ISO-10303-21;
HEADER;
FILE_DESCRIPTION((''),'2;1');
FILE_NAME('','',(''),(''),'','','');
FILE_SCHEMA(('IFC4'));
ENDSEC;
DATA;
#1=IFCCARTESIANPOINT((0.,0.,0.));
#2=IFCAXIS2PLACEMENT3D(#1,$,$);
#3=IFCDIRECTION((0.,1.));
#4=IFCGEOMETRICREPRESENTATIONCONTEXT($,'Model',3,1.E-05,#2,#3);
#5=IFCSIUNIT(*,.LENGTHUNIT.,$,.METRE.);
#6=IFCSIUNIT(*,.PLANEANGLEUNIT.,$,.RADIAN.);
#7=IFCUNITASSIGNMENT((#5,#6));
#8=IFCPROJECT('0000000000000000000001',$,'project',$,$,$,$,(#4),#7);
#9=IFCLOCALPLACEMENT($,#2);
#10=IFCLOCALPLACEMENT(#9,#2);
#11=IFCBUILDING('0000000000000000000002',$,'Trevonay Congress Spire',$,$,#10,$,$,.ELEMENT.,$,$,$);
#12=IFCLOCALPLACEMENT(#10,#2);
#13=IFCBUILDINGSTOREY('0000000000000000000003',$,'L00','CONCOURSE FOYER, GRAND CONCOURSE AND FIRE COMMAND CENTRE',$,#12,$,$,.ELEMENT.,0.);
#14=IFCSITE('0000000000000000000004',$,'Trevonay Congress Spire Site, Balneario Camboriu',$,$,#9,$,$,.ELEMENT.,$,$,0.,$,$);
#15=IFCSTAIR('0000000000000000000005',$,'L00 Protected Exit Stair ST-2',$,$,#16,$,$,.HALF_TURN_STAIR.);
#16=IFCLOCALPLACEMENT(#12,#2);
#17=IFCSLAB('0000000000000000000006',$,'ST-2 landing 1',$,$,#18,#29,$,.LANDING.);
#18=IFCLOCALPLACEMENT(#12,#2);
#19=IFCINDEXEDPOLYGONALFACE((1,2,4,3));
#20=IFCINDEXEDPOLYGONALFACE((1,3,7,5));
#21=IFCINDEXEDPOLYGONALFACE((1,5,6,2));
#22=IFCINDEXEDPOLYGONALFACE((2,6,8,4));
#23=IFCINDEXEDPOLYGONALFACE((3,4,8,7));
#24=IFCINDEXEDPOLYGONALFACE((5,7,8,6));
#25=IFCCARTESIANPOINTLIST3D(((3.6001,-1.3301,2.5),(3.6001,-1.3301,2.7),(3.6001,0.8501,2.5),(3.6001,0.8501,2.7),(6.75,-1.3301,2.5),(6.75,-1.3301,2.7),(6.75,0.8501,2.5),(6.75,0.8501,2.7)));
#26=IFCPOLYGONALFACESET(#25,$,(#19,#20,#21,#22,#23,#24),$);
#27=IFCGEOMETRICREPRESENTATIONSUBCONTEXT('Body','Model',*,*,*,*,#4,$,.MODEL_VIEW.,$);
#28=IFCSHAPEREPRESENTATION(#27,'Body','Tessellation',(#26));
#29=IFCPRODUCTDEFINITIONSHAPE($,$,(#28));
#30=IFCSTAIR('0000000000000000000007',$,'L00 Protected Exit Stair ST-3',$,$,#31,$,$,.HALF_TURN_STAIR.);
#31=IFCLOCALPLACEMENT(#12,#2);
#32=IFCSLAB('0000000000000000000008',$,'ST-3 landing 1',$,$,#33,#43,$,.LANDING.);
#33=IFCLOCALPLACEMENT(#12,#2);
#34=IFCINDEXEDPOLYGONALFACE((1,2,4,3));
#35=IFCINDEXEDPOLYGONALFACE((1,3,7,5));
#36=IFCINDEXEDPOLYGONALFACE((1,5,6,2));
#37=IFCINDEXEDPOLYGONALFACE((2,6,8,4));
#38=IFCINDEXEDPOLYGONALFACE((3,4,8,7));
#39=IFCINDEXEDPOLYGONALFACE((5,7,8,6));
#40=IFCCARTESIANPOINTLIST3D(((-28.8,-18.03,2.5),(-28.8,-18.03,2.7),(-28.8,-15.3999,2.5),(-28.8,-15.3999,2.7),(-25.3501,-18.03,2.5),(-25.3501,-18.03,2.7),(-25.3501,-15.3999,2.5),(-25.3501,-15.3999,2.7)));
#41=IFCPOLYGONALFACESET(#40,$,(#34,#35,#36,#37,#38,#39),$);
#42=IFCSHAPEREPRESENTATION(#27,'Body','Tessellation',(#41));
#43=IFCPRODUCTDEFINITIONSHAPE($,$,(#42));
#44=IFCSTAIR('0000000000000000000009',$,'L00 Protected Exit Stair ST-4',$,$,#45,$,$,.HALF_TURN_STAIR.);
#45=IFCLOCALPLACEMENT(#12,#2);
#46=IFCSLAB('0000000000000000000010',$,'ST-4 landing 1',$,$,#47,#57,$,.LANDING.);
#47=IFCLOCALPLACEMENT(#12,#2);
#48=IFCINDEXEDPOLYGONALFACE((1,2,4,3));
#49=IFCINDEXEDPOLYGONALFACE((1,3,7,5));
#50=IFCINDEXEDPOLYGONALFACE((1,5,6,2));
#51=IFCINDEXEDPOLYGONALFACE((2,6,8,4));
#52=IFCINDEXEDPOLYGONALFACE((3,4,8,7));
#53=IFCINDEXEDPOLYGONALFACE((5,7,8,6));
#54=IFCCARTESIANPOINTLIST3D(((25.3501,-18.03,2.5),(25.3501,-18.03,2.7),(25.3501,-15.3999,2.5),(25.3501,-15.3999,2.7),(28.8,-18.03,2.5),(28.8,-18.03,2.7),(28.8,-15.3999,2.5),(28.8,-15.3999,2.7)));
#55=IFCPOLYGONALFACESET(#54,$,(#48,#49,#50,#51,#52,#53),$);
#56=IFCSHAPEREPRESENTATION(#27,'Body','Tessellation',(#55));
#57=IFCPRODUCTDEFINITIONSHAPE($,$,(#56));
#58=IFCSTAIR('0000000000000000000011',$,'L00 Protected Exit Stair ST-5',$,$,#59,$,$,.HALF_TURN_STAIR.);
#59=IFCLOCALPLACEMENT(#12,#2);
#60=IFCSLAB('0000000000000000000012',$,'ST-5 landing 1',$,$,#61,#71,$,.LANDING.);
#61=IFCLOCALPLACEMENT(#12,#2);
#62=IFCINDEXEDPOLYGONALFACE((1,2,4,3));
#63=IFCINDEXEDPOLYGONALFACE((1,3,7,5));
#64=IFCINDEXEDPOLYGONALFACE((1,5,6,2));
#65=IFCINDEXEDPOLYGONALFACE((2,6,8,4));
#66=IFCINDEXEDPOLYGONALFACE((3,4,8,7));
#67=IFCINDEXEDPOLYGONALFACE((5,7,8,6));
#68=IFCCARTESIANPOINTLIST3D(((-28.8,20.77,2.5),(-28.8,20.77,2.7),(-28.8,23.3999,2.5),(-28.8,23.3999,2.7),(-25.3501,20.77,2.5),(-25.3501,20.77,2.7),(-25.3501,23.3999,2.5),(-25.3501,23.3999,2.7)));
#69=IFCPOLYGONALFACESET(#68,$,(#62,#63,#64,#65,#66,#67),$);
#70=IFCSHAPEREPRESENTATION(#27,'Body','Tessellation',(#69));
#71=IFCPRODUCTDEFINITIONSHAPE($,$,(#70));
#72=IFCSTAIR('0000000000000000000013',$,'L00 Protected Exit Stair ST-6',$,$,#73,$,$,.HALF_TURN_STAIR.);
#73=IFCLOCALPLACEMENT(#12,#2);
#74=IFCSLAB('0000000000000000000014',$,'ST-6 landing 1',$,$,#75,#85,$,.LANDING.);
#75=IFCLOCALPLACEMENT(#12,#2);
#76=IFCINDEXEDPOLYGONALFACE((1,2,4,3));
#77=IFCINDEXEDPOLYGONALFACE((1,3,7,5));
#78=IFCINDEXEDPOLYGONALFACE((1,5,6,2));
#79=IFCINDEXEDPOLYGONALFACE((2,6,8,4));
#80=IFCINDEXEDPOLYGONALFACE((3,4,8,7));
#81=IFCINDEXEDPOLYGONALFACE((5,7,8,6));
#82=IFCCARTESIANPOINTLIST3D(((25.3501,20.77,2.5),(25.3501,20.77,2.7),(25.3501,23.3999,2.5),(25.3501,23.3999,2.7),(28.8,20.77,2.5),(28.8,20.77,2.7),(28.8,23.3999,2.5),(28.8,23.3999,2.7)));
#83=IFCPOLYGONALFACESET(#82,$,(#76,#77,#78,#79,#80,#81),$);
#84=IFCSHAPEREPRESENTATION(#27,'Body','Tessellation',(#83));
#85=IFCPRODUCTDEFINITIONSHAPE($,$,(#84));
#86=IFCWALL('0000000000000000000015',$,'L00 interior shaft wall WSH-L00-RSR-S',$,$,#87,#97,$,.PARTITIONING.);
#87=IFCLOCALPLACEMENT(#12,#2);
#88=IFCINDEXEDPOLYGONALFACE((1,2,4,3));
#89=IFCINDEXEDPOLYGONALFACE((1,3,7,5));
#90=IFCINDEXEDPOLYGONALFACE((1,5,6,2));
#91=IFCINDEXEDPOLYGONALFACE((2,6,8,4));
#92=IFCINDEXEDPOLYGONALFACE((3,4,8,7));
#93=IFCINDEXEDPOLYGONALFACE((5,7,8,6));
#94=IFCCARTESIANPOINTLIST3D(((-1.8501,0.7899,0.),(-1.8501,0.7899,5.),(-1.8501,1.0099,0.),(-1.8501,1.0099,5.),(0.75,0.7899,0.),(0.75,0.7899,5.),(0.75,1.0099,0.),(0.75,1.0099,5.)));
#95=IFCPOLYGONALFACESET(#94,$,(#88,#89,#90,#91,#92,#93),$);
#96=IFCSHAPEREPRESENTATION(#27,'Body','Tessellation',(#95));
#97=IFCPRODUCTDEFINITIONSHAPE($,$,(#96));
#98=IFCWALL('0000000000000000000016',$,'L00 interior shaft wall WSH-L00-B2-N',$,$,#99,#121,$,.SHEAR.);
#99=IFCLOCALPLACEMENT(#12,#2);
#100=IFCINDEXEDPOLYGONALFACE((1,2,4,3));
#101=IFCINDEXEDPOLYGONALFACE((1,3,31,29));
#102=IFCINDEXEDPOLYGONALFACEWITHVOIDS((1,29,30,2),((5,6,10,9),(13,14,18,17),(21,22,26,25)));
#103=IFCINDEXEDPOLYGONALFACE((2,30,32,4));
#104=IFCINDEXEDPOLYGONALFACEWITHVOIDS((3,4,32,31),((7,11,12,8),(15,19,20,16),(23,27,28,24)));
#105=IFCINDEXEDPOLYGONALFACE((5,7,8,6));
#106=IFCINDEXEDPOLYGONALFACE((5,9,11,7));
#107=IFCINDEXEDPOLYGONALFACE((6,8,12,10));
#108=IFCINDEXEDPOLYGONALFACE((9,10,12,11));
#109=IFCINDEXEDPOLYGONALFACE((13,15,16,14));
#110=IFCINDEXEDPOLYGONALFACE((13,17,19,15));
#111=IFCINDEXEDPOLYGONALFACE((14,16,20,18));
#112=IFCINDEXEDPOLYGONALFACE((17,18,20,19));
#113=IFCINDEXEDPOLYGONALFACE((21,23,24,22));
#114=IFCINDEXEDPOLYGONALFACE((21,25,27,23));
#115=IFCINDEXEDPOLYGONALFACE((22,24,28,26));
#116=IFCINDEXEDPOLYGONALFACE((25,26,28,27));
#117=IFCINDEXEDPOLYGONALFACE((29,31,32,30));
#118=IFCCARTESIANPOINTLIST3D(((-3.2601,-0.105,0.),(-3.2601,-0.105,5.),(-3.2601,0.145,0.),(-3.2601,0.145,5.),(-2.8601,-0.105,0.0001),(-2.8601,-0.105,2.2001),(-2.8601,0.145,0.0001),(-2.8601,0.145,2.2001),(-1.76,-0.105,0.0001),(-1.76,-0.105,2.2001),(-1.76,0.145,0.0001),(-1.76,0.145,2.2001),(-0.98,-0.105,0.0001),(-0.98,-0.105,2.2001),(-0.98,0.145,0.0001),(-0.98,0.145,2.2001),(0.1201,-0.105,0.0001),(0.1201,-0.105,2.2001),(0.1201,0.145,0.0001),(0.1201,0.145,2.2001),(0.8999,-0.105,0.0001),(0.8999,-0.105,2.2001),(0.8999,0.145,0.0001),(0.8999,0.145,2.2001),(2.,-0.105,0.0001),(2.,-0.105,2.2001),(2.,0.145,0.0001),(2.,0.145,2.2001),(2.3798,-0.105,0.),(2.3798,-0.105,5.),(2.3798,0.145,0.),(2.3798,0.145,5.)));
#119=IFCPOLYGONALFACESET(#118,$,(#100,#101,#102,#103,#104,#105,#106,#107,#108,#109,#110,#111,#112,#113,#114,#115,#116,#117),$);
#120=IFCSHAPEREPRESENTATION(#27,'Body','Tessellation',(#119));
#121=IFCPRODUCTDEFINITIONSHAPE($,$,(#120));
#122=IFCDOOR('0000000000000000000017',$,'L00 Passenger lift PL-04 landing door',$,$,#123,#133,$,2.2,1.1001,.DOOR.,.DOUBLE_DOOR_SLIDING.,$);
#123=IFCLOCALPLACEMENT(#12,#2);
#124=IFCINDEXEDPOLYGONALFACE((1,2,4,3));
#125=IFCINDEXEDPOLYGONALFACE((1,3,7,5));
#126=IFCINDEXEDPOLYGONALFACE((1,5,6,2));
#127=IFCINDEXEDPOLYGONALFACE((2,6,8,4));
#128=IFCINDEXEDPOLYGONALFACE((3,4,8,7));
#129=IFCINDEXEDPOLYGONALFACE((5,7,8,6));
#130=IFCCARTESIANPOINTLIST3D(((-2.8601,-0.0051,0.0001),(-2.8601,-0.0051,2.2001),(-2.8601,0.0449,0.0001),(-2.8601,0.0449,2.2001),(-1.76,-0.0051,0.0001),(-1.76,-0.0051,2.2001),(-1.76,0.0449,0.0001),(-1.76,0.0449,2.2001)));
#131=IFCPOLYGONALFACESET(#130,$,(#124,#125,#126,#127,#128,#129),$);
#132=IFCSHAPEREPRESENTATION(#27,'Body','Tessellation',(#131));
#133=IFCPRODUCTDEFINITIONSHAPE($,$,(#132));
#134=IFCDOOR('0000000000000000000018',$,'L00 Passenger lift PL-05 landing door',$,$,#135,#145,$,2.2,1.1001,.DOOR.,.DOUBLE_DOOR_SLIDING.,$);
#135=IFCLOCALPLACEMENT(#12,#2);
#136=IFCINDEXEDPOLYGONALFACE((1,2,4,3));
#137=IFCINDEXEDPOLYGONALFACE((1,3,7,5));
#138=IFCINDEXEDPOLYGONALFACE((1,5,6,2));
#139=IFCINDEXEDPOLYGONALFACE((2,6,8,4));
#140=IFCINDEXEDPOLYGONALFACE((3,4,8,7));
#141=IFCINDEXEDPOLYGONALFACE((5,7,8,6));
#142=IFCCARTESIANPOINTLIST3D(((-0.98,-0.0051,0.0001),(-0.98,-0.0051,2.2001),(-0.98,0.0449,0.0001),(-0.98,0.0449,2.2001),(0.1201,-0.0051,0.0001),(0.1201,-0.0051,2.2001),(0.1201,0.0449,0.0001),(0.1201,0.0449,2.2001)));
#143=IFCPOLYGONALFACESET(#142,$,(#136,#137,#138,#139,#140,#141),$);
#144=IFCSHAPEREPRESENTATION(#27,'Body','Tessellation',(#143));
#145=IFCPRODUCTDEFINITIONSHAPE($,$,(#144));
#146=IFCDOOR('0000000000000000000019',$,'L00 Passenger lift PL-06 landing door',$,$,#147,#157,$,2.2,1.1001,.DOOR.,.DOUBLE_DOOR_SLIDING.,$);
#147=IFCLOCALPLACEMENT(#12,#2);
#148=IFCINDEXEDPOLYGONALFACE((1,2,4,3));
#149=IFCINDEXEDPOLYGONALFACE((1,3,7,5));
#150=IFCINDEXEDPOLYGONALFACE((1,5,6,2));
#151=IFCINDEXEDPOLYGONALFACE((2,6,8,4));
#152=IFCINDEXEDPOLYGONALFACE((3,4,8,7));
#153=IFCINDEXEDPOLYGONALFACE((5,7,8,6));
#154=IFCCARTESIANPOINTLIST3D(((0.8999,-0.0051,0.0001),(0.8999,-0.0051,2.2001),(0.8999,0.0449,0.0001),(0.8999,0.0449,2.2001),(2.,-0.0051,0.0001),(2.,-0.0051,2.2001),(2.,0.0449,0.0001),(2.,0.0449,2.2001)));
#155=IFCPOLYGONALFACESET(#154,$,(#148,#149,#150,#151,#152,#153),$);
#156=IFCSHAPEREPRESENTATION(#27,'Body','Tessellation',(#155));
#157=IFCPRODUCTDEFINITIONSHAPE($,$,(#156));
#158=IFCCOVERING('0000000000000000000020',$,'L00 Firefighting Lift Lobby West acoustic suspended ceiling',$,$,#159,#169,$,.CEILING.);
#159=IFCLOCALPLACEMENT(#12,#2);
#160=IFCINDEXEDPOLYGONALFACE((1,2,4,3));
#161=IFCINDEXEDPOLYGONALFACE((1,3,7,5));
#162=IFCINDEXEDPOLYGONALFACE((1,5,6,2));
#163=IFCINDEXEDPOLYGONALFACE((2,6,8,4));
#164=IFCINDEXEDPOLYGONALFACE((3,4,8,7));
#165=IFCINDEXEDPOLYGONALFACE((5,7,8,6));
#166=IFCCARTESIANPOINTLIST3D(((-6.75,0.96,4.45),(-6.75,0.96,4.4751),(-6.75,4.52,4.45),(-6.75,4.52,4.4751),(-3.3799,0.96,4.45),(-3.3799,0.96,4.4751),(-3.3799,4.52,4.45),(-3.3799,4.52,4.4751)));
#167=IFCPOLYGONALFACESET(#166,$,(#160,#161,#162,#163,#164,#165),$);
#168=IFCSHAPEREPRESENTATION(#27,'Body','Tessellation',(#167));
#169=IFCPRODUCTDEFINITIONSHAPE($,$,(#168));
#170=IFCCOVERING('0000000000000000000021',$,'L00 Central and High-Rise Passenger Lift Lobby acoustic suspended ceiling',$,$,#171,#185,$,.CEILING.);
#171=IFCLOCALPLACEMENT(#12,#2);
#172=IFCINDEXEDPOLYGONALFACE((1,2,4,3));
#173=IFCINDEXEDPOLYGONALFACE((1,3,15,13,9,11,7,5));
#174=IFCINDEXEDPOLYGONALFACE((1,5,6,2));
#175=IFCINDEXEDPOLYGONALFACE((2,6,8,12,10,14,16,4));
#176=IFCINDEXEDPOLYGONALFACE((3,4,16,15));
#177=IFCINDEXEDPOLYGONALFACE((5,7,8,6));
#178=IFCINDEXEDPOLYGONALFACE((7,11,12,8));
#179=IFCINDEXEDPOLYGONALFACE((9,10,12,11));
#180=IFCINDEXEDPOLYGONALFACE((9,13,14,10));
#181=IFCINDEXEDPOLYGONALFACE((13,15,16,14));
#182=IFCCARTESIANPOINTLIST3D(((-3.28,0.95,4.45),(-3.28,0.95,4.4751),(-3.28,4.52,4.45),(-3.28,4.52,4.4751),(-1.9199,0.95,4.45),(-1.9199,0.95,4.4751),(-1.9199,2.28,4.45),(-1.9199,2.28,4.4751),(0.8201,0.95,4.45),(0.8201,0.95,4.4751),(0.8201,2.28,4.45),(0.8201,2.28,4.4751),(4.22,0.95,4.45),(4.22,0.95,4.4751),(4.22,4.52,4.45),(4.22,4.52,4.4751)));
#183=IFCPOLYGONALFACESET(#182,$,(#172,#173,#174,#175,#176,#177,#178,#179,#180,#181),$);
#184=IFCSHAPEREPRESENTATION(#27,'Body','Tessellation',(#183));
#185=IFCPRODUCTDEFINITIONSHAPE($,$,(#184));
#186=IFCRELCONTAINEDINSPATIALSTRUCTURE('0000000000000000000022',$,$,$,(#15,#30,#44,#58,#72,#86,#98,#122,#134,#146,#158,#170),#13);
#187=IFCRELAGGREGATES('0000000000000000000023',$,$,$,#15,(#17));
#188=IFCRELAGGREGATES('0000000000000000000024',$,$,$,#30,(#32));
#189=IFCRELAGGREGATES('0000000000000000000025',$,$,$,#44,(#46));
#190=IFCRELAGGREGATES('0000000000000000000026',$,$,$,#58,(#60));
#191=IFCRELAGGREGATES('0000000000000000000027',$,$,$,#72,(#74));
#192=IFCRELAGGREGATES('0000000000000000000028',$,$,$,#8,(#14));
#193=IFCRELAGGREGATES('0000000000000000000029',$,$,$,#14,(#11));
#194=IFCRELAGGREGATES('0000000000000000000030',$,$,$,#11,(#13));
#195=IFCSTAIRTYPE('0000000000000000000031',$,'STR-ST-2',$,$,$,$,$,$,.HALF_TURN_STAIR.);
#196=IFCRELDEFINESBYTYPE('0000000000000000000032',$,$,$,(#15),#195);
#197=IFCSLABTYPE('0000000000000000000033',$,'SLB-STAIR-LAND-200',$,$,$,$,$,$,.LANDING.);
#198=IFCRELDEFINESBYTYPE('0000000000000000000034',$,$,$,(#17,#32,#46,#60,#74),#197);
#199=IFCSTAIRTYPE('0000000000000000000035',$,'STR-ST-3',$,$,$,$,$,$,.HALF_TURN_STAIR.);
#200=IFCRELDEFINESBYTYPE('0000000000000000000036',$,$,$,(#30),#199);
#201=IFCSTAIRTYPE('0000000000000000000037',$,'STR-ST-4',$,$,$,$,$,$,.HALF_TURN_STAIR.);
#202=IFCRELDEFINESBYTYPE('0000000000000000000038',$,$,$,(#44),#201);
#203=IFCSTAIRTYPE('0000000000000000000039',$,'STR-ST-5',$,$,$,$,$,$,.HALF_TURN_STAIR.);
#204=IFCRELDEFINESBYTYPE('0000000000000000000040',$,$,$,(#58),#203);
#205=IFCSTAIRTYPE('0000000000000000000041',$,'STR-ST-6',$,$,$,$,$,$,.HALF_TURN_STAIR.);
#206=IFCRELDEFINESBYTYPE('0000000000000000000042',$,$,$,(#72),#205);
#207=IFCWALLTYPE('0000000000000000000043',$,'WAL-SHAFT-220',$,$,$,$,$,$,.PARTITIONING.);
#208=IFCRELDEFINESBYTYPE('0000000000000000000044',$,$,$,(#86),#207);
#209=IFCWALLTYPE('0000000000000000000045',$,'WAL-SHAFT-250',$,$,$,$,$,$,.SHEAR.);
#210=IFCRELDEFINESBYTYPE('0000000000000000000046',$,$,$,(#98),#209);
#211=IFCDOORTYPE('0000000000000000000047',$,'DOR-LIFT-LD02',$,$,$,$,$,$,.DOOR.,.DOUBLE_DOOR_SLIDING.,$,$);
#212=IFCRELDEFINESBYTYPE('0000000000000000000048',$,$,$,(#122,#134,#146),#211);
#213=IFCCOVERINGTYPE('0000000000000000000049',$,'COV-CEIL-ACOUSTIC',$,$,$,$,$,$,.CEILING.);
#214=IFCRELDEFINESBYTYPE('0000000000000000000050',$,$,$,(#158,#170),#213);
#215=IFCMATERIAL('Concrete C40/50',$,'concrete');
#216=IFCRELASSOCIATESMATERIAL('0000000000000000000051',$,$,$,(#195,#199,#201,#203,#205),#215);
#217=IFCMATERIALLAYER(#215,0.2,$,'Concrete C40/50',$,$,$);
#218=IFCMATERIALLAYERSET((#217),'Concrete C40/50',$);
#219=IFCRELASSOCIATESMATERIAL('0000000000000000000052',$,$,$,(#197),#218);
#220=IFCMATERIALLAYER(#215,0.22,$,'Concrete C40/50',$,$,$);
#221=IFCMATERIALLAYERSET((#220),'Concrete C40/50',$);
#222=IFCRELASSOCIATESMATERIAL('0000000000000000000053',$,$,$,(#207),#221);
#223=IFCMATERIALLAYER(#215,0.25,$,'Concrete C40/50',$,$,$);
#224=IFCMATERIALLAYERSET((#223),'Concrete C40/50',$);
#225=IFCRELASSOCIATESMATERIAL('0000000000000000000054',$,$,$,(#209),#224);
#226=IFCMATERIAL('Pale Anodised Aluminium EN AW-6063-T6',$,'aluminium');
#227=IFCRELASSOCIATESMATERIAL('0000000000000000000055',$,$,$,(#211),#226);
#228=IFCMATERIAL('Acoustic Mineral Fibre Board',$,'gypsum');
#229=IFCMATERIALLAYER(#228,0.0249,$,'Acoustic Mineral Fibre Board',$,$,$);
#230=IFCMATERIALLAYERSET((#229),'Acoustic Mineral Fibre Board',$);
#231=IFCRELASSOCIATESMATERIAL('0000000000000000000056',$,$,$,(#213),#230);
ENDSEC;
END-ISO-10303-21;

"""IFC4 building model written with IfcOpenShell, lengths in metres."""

from ifc_helpers import new_model, si_unit, direction, frame, frame_2d, origin, place, context, subcontext, project, spatial, polyline, rectangle, outline, extrude, material, layer, layer_set, type_object, element, fill, aggregate, save


model = new_model("IFC4")

# Units and contexts
model_context = context("Model", 3, precision=1e-05, world=origin(), true_north=direction((0.0, 1.0)))
body_context = subcontext(model_context, "Body", "Model", "MODEL_VIEW")
ifc_project = project(units=[si_unit("LENGTHUNIT", "METRE"), si_unit("PLANEANGLEUNIT", "RADIAN")], contexts=[model_context])

# Site, building, storey
site_placement = place(None, origin())
site = spatial("IfcSite", under=ifc_project, at=site_placement, Name="Trevonay Congress Spire Site, Balneario Camboriu", CompositionType="ELEMENT", RefElevation=0.0)
building_placement = place(site_placement, origin())
building = spatial("IfcBuilding", under=site, at=building_placement, Name="Trevonay Congress Spire", CompositionType="ELEMENT")
storey_placement = place(building_placement, origin())
storey = spatial("IfcBuildingStorey", under=building, at=storey_placement, Name="L00", Description="CONCOURSE FOYER, GRAND CONCOURSE AND FIRE COMMAND CENTRE", CompositionType="ELEMENT", Elevation=0.0)

# Stairs, slabs
ifc_material_1 = material(Name="Concrete C40/50", Category="concrete")
stair_type_1 = type_object("IfcStairType", Name="STR-ST-2", PredefinedType="HALF_TURN_STAIR", material=ifc_material_1)
stair_1_placement = place(storey_placement, origin())
stair_1 = element("IfcStair", 1, at=stair_1_placement, inside=storey, type_object=stair_type_1, Name="L00 Protected Exit Stair ST-2", PredefinedType="HALF_TURN_STAIR")
ifc_layer_1 = layer(ifc_material_1, 0.2, Name="Concrete C40/50")
ifc_layer_set_1 = layer_set([ifc_layer_1], Name="Concrete C40/50")
slab_type = type_object("IfcSlabType", Name="SLB-STAIR-LAND-200", PredefinedType="LANDING", material=ifc_layer_set_1)
slab_1_placement = place(storey_placement, frame((0.0, 0.0, 2.5)))
slab_1 = element("IfcSlab", 2, at=slab_1_placement, type_object=slab_type, Name="ST-2 landing 1", PredefinedType="LANDING", context=body_context, shape_type="SweptSolid", body=[
    extrude(outline(polyline([(6.75, -1.3301), (6.75, 0.8501), (3.6001, 0.8501), (3.6001, -1.3301), (6.75, -1.3301)])), origin(), (0.0, 0.0, 1.0), 0.2),
])
aggregate(stair_1, [slab_1])
stair_type_2 = type_object("IfcStairType", Name="STR-ST-3", PredefinedType="HALF_TURN_STAIR", material=ifc_material_1)
stair_2_placement = place(storey_placement, origin())
stair_2 = element("IfcStair", 3, at=stair_2_placement, inside=storey, type_object=stair_type_2, Name="L00 Protected Exit Stair ST-3", PredefinedType="HALF_TURN_STAIR")
slab_2_placement = place(storey_placement, frame((0.0, 0.0, 2.5)))
slab_2 = element("IfcSlab", 4, at=slab_2_placement, type_object=slab_type, Name="ST-3 landing 1", PredefinedType="LANDING", context=body_context, shape_type="SweptSolid", body=[
    extrude(outline(polyline([(-25.3501, -18.03), (-25.3501, -15.3999), (-28.8, -15.3999), (-28.8, -18.03), (-25.3501, -18.03)])), origin(), (0.0, 0.0, 1.0), 0.2),
])
aggregate(stair_2, [slab_2])
stair_type_3 = type_object("IfcStairType", Name="STR-ST-4", PredefinedType="HALF_TURN_STAIR", material=ifc_material_1)
stair_3_placement = place(storey_placement, origin())
stair_3 = element("IfcStair", 5, at=stair_3_placement, inside=storey, type_object=stair_type_3, Name="L00 Protected Exit Stair ST-4", PredefinedType="HALF_TURN_STAIR")
slab_3_placement = place(storey_placement, frame((0.0, 0.0, 2.5)))
slab_3 = element("IfcSlab", 6, at=slab_3_placement, type_object=slab_type, Name="ST-4 landing 1", PredefinedType="LANDING", context=body_context, shape_type="SweptSolid", body=[
    extrude(outline(polyline([(28.8, -18.03), (28.8, -15.3999), (25.3501, -15.3999), (25.3501, -18.03), (28.8, -18.03)])), origin(), (0.0, 0.0, 1.0), 0.2),
])
aggregate(stair_3, [slab_3])
stair_type_4 = type_object("IfcStairType", Name="STR-ST-5", PredefinedType="HALF_TURN_STAIR", material=ifc_material_1)
stair_4_placement = place(storey_placement, origin())
stair_4 = element("IfcStair", 7, at=stair_4_placement, inside=storey, type_object=stair_type_4, Name="L00 Protected Exit Stair ST-5", PredefinedType="HALF_TURN_STAIR")
slab_4_placement = place(storey_placement, frame((0.0, 0.0, 2.5)))
slab_4 = element("IfcSlab", 8, at=slab_4_placement, type_object=slab_type, Name="ST-5 landing 1", PredefinedType="LANDING", context=body_context, shape_type="SweptSolid", body=[
    extrude(outline(polyline([(-25.3501, 20.77), (-25.3501, 23.3999), (-28.8, 23.3999), (-28.8, 20.77), (-25.3501, 20.77)])), origin(), (0.0, 0.0, 1.0), 0.2),
])
aggregate(stair_4, [slab_4])
stair_type_5 = type_object("IfcStairType", Name="STR-ST-6", PredefinedType="HALF_TURN_STAIR", material=ifc_material_1)
stair_5_placement = place(storey_placement, origin())
stair_5 = element("IfcStair", 9, at=stair_5_placement, inside=storey, type_object=stair_type_5, Name="L00 Protected Exit Stair ST-6", PredefinedType="HALF_TURN_STAIR")
slab_5_placement = place(storey_placement, frame((0.0, 0.0, 2.5)))
slab_5 = element("IfcSlab", 10, at=slab_5_placement, type_object=slab_type, Name="ST-6 landing 1", PredefinedType="LANDING", context=body_context, shape_type="SweptSolid", body=[
    extrude(outline(polyline([(28.8, 20.77), (28.8, 23.3999), (25.3501, 23.3999), (25.3501, 20.77), (28.8, 20.77)])), origin(), (0.0, 0.0, 1.0), 0.2),
])
aggregate(stair_5, [slab_5])

# Wall
ifc_layer_2 = layer(ifc_material_1, 0.22, Name="Concrete C40/50")
ifc_layer_set_2 = layer_set([ifc_layer_2], Name="Concrete C40/50")
wall_type_1 = type_object("IfcWallType", Name="WAL-SHAFT-220", PredefinedType="PARTITIONING", material=ifc_layer_set_2)
wall_1_placement = place(storey_placement, frame((-1.8501, 0.8999, 0.0), z_axis=(0.0, 0.0, 1.0), x_axis=(1.0, 0.0, 0.0)))
element("IfcWall", 11, at=wall_1_placement, inside=storey, type_object=wall_type_1, Name="L00 interior shaft wall WSH-L00-RSR-S", PredefinedType="PARTITIONING", context=body_context, shape_type="SweptSolid", body=[
    extrude(rectangle(XDim=2.6001, YDim=0.22, at=frame_2d((1.3, 0.0))), origin(), (0.0, 0.0, 1.0), 5.0),
])

# Wall, openings, doors
ifc_layer_3 = layer(ifc_material_1, 0.25, Name="Concrete C40/50")
ifc_layer_set_3 = layer_set([ifc_layer_3], Name="Concrete C40/50")
wall_type_2 = type_object("IfcWallType", Name="WAL-SHAFT-250", PredefinedType="SHEAR", material=ifc_layer_set_3)
wall_2_placement = place(storey_placement, frame((-3.26, 0.02, 0.0), z_axis=(0.0, 0.0, 1.0), x_axis=(1.0, 0.0, 0.0)))
wall_2 = element("IfcWall", 12, at=wall_2_placement, inside=storey, type_object=wall_type_2, Name="L00 interior shaft wall WSH-L00-B2-N", PredefinedType="SHEAR", context=body_context, shape_type="SweptSolid", body=[
    extrude(rectangle(XDim=5.6399, YDim=0.25, at=frame_2d((2.8198, 0.0))), origin(), (0.0, 0.0, 1.0), 5.0),
])
opening_1_placement = place(wall_2_placement, frame((0.3999, 0.0, 0.0)))
opening_1 = element("IfcOpeningElement", 13, at=opening_1_placement, cuts=wall_2, PredefinedType="OPENING", context=body_context, shape_type="SweptSolid", body=[
    extrude(rectangle(XDim=1.1001, YDim=2.2, at=frame_2d((0.55, 1.1001))), frame((0.0, 0.135, 0.0), z_axis=(0.0, -1.0, 0.0), x_axis=(1.0, 0.0, 0.0)), (0.0, 0.0, 1.0), 0.27),
])
opening_2_placement = place(wall_2_placement, frame((2.28, 0.0, 0.0)))
opening_2 = element("IfcOpeningElement", 14, at=opening_2_placement, cuts=wall_2, PredefinedType="OPENING", context=body_context, shape_type="SweptSolid", body=[
    extrude(rectangle(XDim=1.1001, YDim=2.2, at=frame_2d((0.55, 1.1001))), frame((0.0, 0.135, 0.0), z_axis=(0.0, -1.0, 0.0), x_axis=(1.0, 0.0, 0.0)), (0.0, 0.0, 1.0), 0.27),
])
opening_3_placement = place(wall_2_placement, frame((4.1599, 0.0, 0.0)))
opening_3 = element("IfcOpeningElement", 15, at=opening_3_placement, cuts=wall_2, PredefinedType="OPENING", context=body_context, shape_type="SweptSolid", body=[
    extrude(rectangle(XDim=1.1001, YDim=2.2, at=frame_2d((0.55, 1.1001))), frame((0.0, 0.135, 0.0), z_axis=(0.0, -1.0, 0.0), x_axis=(1.0, 0.0, 0.0)), (0.0, 0.0, 1.0), 0.27),
])
ifc_material_2 = material(Name="Pale Anodised Aluminium EN AW-6063-T6", Category="aluminium")
door_type = type_object("IfcDoorType", Name="DOR-LIFT-LD02", OperationType="DOUBLE_DOOR_SLIDING", PredefinedType="DOOR", material=ifc_material_2)
door_1_placement = place(opening_1_placement, origin())
door_1 = element("IfcDoor", 16, at=door_1_placement, inside=storey, type_object=door_type, Name="L00 Passenger lift PL-04 landing door", OperationType="DOUBLE_DOOR_SLIDING", OverallHeight=2.2, OverallWidth=1.1001, PredefinedType="DOOR", context=body_context, shape_type="SweptSolid", body=[
    extrude(rectangle(XDim=1.1001, YDim=2.2, at=frame_2d((0.55, 1.1001))), frame((0.0, 0.0249, 0.0), z_axis=(0.0, -1.0, 0.0), x_axis=(1.0, 0.0, 0.0)), (0.0, 0.0, 1.0), 0.05),
])
fill(opening_1, door_1)
door_2_placement = place(opening_2_placement, origin())
door_2 = element("IfcDoor", 17, at=door_2_placement, inside=storey, type_object=door_type, Name="L00 Passenger lift PL-05 landing door", OperationType="DOUBLE_DOOR_SLIDING", OverallHeight=2.2, OverallWidth=1.1001, PredefinedType="DOOR", context=body_context, shape_type="SweptSolid", body=[
    extrude(rectangle(XDim=1.1001, YDim=2.2, at=frame_2d((0.55, 1.1001))), frame((0.0, 0.0249, 0.0), z_axis=(0.0, -1.0, 0.0), x_axis=(1.0, 0.0, 0.0)), (0.0, 0.0, 1.0), 0.05),
])
fill(opening_2, door_2)
door_3_placement = place(opening_3_placement, origin())
door_3 = element("IfcDoor", 18, at=door_3_placement, inside=storey, type_object=door_type, Name="L00 Passenger lift PL-06 landing door", OperationType="DOUBLE_DOOR_SLIDING", OverallHeight=2.2, OverallWidth=1.1001, PredefinedType="DOOR", context=body_context, shape_type="SweptSolid", body=[
    extrude(rectangle(XDim=1.1001, YDim=2.2, at=frame_2d((0.55, 1.1001))), frame((0.0, 0.0249, 0.0), z_axis=(0.0, -1.0, 0.0), x_axis=(1.0, 0.0, 0.0)), (0.0, 0.0, 1.0), 0.05),
])
fill(opening_3, door_3)

# Coverings
ifc_material_3 = material(Name="Acoustic Mineral Fibre Board", Category="gypsum")
ifc_layer_4 = layer(ifc_material_3, 0.0249, Name="Acoustic Mineral Fibre Board")
ifc_layer_set_4 = layer_set([ifc_layer_4], Name="Acoustic Mineral Fibre Board")
covering_type_1 = type_object("IfcCoveringType", Name="COV-CEIL-ACOUSTIC", PredefinedType="CEILING", material=ifc_layer_set_4)
covering_1_placement = place(storey_placement, frame((0.0, 0.0, 4.45)))
element("IfcCovering", 19, at=covering_1_placement, inside=storey, type_object=covering_type_1, Name="L00 Firefighting Lift Lobby West acoustic suspended ceiling", PredefinedType="CEILING", context=body_context, shape_type="SweptSolid", body=[
    extrude(outline(polyline([(-6.75, 0.96), (-3.3799, 0.96), (-3.3799, 4.52), (-6.75, 4.52), (-6.75, 0.96)])), origin(), (0.0, 0.0, 1.0), 0.0251),
])
covering_2_placement = place(storey_placement, frame((0.0, 0.0, 4.45)))
element("IfcCovering", 20, at=covering_2_placement, inside=storey, type_object=covering_type_1, Name="L00 Central and High-Rise Passenger Lift Lobby acoustic suspended ceiling", PredefinedType="CEILING", context=body_context, shape_type="SweptSolid", body=[
    extrude(outline(polyline([(-3.28, 0.95), (-1.9199, 0.95), (-1.9199, 2.28), (0.8201, 2.28), (0.8201, 0.95), (4.22, 0.95), (4.22, 4.52), (-3.28, 4.52), (-3.28, 0.95)])), origin(), (0.0, 0.0, 1.0), 0.0251),
])

save(model, "model.ifc")
